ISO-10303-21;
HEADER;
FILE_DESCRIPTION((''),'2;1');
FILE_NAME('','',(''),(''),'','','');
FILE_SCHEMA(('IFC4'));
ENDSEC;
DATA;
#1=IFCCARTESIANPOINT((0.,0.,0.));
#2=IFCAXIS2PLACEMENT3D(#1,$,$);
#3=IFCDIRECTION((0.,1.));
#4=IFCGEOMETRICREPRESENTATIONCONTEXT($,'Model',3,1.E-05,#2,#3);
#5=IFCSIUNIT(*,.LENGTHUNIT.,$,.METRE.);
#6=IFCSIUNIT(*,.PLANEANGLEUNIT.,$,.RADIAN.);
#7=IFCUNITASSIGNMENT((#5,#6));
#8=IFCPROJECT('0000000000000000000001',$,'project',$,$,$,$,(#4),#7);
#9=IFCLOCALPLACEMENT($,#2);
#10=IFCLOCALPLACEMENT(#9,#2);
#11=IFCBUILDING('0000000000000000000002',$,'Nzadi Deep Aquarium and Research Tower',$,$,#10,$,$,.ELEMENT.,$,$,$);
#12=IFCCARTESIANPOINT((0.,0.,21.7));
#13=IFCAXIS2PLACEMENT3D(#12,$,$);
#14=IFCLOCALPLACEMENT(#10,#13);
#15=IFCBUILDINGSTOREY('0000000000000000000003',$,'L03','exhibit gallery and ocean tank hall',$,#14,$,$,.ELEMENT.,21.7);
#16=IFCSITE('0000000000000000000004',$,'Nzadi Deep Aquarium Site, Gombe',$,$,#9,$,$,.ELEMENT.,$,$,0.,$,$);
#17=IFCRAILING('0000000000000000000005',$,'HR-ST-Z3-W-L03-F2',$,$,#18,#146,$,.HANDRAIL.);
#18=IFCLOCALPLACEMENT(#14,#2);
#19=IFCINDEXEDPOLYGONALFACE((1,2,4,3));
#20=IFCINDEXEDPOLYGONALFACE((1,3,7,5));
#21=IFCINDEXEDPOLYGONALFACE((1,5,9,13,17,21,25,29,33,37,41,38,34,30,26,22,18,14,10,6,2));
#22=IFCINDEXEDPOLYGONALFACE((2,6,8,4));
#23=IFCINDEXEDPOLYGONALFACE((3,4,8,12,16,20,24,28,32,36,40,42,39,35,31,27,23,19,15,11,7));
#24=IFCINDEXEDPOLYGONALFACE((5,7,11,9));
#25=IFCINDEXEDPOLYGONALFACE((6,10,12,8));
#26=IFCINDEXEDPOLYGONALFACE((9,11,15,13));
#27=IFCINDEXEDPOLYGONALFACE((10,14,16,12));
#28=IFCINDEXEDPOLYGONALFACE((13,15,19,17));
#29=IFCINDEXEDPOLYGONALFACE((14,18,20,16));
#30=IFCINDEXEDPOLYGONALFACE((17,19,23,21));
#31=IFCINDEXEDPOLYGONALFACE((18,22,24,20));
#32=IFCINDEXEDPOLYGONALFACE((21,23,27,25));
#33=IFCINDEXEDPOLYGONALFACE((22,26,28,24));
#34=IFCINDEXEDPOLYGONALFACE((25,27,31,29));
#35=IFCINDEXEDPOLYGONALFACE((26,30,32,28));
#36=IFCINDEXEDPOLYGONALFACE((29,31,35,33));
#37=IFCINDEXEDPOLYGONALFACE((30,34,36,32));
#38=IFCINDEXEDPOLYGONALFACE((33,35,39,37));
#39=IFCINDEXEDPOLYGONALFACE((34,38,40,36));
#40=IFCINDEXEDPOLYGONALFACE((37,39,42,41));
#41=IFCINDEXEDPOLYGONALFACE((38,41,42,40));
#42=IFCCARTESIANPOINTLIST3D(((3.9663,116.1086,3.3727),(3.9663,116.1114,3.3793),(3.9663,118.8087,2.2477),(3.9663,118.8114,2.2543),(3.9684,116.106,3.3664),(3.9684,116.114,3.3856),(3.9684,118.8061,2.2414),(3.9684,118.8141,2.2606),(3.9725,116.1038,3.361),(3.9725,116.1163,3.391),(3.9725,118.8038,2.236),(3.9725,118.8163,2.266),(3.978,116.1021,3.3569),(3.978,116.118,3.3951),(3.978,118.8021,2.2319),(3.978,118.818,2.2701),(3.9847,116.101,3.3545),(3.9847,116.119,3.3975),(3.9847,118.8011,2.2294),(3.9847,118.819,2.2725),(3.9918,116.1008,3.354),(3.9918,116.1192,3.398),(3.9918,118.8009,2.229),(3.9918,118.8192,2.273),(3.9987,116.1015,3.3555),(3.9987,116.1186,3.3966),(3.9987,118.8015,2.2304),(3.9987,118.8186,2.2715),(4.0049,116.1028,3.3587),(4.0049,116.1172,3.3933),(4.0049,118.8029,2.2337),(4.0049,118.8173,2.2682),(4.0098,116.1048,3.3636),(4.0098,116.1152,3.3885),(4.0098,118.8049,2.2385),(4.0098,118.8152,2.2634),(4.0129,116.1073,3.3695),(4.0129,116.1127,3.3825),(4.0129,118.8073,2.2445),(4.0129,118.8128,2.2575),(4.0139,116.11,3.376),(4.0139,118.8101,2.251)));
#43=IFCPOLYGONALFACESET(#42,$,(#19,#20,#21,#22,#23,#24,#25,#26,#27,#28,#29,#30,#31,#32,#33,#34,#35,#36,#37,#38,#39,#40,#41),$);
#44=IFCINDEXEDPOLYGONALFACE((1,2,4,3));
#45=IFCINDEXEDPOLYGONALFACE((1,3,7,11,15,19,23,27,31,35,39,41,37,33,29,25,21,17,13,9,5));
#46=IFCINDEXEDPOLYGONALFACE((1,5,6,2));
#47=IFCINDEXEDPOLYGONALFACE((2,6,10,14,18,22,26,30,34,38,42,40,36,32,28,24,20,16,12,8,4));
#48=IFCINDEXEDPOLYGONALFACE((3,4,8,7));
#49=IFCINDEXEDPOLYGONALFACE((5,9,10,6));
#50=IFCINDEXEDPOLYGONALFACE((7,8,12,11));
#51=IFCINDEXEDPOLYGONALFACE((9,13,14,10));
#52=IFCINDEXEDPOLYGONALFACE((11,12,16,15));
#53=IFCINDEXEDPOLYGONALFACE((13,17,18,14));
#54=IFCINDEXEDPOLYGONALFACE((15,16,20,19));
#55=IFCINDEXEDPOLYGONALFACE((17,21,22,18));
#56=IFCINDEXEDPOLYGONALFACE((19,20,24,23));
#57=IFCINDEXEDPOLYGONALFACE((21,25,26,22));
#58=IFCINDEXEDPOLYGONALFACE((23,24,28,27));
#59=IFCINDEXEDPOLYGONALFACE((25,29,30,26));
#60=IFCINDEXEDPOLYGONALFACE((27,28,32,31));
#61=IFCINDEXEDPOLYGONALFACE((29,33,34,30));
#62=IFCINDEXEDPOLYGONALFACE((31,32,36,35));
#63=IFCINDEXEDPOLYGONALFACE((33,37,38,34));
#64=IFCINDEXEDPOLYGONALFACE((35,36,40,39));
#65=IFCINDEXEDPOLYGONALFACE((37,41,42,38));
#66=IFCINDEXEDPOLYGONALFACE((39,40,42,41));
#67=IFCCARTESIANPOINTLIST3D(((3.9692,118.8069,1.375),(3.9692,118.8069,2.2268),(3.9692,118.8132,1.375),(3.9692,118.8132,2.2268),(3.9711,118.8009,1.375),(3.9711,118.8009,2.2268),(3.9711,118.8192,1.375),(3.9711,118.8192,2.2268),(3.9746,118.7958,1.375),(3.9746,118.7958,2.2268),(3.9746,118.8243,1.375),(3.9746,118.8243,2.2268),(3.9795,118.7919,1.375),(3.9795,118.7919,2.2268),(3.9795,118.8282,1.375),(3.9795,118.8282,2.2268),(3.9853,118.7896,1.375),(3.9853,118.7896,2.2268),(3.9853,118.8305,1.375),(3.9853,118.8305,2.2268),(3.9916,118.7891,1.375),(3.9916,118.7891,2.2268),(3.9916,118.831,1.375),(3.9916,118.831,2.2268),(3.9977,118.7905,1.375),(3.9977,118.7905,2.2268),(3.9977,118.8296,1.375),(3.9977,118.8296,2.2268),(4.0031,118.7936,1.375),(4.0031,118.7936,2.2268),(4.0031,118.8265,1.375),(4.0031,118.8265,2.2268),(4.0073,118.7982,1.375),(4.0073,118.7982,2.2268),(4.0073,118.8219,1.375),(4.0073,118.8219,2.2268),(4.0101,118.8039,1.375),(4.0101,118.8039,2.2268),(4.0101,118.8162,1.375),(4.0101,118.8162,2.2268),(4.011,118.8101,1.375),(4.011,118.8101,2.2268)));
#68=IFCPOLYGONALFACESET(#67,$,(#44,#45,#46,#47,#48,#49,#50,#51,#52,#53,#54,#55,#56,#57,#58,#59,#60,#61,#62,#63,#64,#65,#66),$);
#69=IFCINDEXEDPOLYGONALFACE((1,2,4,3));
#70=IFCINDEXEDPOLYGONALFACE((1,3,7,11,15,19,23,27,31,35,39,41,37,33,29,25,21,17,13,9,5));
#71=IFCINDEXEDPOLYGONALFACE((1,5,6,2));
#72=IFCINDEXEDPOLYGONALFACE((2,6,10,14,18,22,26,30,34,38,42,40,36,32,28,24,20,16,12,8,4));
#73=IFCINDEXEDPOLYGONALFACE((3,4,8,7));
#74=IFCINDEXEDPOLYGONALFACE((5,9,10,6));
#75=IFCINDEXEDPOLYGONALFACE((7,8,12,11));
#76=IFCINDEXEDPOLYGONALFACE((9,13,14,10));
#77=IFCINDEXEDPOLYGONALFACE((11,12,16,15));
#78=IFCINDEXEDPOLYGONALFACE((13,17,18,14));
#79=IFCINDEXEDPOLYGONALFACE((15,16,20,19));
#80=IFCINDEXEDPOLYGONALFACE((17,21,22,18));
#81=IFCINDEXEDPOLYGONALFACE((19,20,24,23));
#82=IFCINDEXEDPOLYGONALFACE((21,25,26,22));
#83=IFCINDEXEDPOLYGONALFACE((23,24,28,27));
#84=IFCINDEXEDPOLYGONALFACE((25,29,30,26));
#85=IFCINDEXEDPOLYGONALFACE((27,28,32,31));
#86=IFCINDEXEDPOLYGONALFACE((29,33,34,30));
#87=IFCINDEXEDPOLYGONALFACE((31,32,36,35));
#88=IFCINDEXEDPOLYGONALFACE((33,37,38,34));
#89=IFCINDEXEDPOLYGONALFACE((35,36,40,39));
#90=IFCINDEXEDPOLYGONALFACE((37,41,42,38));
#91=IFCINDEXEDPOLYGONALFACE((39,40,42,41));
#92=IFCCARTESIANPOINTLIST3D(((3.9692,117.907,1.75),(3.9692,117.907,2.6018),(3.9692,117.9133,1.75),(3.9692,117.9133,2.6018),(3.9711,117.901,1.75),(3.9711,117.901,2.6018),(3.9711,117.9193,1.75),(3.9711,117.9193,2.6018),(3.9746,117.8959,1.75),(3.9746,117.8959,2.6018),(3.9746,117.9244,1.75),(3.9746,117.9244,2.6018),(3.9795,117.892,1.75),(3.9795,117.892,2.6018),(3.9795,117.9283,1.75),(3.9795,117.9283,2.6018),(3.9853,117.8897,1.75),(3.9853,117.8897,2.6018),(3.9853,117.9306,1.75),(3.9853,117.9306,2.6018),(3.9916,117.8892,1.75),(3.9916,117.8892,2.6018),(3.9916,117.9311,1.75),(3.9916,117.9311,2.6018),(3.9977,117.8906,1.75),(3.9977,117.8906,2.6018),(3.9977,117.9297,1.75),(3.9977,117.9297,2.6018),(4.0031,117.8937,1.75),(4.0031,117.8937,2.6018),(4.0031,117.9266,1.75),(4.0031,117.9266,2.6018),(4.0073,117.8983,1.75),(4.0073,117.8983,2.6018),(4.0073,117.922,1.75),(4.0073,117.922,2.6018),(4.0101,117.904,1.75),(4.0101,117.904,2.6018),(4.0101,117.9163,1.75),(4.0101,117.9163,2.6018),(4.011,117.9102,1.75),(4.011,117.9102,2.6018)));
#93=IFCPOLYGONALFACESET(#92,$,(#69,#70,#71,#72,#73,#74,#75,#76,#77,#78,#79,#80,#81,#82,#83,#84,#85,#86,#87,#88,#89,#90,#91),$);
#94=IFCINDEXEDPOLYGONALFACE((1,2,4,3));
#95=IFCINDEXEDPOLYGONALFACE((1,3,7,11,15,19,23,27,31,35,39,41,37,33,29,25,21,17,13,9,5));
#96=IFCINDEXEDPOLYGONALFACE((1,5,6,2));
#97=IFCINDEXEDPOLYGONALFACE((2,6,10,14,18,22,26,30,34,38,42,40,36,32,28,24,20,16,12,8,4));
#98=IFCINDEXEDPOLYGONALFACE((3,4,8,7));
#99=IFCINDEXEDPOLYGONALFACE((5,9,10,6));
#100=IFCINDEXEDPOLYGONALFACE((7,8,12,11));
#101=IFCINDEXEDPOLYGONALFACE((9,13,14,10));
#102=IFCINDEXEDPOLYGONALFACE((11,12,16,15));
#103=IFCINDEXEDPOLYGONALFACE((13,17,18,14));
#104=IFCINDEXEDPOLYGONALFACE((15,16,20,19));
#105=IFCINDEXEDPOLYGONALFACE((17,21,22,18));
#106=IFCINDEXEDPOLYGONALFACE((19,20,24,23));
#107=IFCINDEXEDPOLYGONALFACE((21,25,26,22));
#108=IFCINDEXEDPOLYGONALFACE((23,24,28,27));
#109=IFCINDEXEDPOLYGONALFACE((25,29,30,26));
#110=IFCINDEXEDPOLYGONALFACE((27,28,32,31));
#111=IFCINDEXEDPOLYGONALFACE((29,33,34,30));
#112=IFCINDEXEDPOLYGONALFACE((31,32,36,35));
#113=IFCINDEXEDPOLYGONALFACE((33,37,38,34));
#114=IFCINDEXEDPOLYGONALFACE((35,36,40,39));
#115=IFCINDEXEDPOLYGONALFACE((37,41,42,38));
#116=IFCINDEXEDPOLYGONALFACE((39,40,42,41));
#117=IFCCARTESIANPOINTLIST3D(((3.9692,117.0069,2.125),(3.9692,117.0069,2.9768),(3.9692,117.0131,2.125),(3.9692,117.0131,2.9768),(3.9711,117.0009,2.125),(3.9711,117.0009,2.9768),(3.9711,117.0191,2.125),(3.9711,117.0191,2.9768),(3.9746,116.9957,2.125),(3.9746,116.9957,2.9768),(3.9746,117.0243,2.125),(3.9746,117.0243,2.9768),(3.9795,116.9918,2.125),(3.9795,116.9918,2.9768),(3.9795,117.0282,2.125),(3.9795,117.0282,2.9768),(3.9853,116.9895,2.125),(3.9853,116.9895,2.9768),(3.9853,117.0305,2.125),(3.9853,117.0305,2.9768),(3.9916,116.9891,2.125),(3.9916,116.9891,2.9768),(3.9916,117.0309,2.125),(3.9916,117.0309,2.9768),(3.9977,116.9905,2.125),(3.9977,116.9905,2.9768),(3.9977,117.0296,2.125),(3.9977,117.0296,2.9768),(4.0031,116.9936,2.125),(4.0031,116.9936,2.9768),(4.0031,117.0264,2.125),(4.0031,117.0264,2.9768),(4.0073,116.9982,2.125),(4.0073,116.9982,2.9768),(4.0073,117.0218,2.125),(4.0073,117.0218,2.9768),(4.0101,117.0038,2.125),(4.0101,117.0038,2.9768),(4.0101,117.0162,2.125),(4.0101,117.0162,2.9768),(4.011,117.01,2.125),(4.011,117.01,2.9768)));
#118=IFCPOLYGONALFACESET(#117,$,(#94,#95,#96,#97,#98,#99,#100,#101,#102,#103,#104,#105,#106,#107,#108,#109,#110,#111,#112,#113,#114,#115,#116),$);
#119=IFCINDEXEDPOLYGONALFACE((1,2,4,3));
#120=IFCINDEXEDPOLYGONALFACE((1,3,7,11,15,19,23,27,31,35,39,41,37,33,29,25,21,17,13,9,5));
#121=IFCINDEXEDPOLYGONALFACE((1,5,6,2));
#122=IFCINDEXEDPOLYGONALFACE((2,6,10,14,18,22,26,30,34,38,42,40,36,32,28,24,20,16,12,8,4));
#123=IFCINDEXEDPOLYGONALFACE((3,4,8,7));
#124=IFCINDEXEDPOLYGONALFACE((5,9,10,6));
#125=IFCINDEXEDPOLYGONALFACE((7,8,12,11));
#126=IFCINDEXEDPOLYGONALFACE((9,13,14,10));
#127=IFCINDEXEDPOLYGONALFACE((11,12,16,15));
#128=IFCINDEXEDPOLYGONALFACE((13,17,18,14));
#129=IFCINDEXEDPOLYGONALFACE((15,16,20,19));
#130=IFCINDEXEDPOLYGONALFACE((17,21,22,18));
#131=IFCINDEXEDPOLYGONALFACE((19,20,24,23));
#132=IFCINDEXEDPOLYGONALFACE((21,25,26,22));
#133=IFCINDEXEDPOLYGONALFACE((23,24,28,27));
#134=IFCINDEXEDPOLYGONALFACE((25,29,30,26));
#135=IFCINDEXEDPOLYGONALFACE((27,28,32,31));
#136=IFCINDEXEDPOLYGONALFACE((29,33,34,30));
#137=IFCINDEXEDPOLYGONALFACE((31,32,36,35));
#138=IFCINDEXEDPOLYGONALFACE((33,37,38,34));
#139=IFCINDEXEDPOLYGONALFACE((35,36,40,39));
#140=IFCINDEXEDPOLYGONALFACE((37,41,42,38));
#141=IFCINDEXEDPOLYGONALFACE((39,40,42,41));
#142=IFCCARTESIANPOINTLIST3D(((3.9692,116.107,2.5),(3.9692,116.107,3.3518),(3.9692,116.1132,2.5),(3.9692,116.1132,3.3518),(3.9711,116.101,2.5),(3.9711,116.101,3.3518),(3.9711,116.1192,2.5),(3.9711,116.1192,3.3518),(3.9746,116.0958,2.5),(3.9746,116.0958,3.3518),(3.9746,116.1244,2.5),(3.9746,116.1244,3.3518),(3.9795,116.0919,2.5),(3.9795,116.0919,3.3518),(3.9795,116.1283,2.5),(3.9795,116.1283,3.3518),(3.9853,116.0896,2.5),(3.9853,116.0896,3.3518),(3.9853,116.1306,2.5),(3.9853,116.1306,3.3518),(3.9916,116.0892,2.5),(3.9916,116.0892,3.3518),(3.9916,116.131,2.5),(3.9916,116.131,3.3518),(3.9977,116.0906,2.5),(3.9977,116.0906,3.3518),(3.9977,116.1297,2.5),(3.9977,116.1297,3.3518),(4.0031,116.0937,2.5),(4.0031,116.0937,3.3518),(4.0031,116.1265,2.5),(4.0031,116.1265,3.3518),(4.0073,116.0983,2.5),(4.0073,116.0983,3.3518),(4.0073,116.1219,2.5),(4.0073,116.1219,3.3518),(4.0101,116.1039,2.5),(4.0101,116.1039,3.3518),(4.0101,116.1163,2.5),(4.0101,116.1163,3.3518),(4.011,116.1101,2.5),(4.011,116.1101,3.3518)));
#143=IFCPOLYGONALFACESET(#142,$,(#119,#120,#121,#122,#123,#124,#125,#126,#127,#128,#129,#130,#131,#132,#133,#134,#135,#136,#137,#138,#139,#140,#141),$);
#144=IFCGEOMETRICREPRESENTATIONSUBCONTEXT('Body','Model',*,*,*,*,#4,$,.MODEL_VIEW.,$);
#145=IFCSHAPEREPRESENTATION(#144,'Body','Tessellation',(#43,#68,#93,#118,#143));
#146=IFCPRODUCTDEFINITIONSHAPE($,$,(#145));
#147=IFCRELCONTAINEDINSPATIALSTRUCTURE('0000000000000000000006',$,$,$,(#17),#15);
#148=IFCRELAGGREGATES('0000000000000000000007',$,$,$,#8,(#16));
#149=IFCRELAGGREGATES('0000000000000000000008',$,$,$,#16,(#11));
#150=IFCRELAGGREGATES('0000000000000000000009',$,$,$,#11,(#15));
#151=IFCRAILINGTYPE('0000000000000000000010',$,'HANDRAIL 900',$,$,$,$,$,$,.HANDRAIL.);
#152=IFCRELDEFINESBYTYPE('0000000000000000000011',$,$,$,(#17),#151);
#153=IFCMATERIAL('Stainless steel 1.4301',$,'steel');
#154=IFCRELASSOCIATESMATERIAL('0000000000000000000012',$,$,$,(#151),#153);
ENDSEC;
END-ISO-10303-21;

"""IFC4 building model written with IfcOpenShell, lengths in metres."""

from ifc_helpers import new_model, si_unit, direction, frame, origin, origin_2d, place, context, subcontext, project, spatial, circle, extrude, material, type_object, element, save


model = new_model("IFC4")

# Units and contexts
model_context = context("Model", 3, precision=1e-05, world=origin(), true_north=direction((0.0, 1.0)))
body_context = subcontext(model_context, "Body", "Model", "MODEL_VIEW")
ifc_project = project(units=[si_unit("LENGTHUNIT", "METRE"), si_unit("PLANEANGLEUNIT", "RADIAN")], contexts=[model_context])

# Site, building, storey
site_placement = place(None, origin())
site = spatial("IfcSite", under=ifc_project, at=site_placement, Name="Nzadi Deep Aquarium Site, Gombe", CompositionType="ELEMENT", RefElevation=0.0)
building_placement = place(site_placement, origin())
building = spatial("IfcBuilding", under=site, at=building_placement, Name="Nzadi Deep Aquarium and Research Tower", CompositionType="ELEMENT")
storey_placement = place(building_placement, frame((0.0, 0.0, 21.7)))
storey = spatial("IfcBuildingStorey", under=building, at=storey_placement, Name="L03", Description="exhibit gallery and ocean tank hall", CompositionType="ELEMENT", Elevation=21.7)

# Railing
ifc_material_1 = material(Name="Stainless steel 1.4301", Category="steel")
railing_type = type_object("IfcRailingType", Name="HANDRAIL 900", PredefinedType="HANDRAIL", material=ifc_material_1)
for number, where, name in (
    (1, (3.99, 118.8101, 1.375), "HR-ST-Z3-W-L03-F2"),
):
    element("IfcRailing", number, at=place(storey_placement, frame(where)), inside=storey, type_object=railing_type, Name=name, PredefinedType="HANDRAIL", context=body_context, shape_type="SweptSolid", body=[
        extrude(circle(Radius=0.0239, at=origin_2d()), frame((0.0, 0.0, 0.876), z_axis=(0.0, -0.923074, 0.384621), x_axis=(1.0, 0.0, 0.0)), (0.0, 0.0, 1.0), 2.925),
        extrude(circle(Radius=0.021, at=origin_2d()), origin(), (0.0, 0.0, 1.0), 0.8518),
        extrude(circle(Radius=0.021, at=origin_2d()), frame((0.0, -0.8999, 0.375)), (0.0, 0.0, 1.0), 0.8518),
        extrude(circle(Radius=0.021, at=origin_2d()), frame((0.0, -1.8, 0.75)), (0.0, 0.0, 1.0), 0.8518),
        extrude(circle(Radius=0.021, at=origin_2d()), frame((0.0, -2.7, 1.125)), (0.0, 0.0, 1.0), 0.8518),
    ])

save(model, "model.ifc")
